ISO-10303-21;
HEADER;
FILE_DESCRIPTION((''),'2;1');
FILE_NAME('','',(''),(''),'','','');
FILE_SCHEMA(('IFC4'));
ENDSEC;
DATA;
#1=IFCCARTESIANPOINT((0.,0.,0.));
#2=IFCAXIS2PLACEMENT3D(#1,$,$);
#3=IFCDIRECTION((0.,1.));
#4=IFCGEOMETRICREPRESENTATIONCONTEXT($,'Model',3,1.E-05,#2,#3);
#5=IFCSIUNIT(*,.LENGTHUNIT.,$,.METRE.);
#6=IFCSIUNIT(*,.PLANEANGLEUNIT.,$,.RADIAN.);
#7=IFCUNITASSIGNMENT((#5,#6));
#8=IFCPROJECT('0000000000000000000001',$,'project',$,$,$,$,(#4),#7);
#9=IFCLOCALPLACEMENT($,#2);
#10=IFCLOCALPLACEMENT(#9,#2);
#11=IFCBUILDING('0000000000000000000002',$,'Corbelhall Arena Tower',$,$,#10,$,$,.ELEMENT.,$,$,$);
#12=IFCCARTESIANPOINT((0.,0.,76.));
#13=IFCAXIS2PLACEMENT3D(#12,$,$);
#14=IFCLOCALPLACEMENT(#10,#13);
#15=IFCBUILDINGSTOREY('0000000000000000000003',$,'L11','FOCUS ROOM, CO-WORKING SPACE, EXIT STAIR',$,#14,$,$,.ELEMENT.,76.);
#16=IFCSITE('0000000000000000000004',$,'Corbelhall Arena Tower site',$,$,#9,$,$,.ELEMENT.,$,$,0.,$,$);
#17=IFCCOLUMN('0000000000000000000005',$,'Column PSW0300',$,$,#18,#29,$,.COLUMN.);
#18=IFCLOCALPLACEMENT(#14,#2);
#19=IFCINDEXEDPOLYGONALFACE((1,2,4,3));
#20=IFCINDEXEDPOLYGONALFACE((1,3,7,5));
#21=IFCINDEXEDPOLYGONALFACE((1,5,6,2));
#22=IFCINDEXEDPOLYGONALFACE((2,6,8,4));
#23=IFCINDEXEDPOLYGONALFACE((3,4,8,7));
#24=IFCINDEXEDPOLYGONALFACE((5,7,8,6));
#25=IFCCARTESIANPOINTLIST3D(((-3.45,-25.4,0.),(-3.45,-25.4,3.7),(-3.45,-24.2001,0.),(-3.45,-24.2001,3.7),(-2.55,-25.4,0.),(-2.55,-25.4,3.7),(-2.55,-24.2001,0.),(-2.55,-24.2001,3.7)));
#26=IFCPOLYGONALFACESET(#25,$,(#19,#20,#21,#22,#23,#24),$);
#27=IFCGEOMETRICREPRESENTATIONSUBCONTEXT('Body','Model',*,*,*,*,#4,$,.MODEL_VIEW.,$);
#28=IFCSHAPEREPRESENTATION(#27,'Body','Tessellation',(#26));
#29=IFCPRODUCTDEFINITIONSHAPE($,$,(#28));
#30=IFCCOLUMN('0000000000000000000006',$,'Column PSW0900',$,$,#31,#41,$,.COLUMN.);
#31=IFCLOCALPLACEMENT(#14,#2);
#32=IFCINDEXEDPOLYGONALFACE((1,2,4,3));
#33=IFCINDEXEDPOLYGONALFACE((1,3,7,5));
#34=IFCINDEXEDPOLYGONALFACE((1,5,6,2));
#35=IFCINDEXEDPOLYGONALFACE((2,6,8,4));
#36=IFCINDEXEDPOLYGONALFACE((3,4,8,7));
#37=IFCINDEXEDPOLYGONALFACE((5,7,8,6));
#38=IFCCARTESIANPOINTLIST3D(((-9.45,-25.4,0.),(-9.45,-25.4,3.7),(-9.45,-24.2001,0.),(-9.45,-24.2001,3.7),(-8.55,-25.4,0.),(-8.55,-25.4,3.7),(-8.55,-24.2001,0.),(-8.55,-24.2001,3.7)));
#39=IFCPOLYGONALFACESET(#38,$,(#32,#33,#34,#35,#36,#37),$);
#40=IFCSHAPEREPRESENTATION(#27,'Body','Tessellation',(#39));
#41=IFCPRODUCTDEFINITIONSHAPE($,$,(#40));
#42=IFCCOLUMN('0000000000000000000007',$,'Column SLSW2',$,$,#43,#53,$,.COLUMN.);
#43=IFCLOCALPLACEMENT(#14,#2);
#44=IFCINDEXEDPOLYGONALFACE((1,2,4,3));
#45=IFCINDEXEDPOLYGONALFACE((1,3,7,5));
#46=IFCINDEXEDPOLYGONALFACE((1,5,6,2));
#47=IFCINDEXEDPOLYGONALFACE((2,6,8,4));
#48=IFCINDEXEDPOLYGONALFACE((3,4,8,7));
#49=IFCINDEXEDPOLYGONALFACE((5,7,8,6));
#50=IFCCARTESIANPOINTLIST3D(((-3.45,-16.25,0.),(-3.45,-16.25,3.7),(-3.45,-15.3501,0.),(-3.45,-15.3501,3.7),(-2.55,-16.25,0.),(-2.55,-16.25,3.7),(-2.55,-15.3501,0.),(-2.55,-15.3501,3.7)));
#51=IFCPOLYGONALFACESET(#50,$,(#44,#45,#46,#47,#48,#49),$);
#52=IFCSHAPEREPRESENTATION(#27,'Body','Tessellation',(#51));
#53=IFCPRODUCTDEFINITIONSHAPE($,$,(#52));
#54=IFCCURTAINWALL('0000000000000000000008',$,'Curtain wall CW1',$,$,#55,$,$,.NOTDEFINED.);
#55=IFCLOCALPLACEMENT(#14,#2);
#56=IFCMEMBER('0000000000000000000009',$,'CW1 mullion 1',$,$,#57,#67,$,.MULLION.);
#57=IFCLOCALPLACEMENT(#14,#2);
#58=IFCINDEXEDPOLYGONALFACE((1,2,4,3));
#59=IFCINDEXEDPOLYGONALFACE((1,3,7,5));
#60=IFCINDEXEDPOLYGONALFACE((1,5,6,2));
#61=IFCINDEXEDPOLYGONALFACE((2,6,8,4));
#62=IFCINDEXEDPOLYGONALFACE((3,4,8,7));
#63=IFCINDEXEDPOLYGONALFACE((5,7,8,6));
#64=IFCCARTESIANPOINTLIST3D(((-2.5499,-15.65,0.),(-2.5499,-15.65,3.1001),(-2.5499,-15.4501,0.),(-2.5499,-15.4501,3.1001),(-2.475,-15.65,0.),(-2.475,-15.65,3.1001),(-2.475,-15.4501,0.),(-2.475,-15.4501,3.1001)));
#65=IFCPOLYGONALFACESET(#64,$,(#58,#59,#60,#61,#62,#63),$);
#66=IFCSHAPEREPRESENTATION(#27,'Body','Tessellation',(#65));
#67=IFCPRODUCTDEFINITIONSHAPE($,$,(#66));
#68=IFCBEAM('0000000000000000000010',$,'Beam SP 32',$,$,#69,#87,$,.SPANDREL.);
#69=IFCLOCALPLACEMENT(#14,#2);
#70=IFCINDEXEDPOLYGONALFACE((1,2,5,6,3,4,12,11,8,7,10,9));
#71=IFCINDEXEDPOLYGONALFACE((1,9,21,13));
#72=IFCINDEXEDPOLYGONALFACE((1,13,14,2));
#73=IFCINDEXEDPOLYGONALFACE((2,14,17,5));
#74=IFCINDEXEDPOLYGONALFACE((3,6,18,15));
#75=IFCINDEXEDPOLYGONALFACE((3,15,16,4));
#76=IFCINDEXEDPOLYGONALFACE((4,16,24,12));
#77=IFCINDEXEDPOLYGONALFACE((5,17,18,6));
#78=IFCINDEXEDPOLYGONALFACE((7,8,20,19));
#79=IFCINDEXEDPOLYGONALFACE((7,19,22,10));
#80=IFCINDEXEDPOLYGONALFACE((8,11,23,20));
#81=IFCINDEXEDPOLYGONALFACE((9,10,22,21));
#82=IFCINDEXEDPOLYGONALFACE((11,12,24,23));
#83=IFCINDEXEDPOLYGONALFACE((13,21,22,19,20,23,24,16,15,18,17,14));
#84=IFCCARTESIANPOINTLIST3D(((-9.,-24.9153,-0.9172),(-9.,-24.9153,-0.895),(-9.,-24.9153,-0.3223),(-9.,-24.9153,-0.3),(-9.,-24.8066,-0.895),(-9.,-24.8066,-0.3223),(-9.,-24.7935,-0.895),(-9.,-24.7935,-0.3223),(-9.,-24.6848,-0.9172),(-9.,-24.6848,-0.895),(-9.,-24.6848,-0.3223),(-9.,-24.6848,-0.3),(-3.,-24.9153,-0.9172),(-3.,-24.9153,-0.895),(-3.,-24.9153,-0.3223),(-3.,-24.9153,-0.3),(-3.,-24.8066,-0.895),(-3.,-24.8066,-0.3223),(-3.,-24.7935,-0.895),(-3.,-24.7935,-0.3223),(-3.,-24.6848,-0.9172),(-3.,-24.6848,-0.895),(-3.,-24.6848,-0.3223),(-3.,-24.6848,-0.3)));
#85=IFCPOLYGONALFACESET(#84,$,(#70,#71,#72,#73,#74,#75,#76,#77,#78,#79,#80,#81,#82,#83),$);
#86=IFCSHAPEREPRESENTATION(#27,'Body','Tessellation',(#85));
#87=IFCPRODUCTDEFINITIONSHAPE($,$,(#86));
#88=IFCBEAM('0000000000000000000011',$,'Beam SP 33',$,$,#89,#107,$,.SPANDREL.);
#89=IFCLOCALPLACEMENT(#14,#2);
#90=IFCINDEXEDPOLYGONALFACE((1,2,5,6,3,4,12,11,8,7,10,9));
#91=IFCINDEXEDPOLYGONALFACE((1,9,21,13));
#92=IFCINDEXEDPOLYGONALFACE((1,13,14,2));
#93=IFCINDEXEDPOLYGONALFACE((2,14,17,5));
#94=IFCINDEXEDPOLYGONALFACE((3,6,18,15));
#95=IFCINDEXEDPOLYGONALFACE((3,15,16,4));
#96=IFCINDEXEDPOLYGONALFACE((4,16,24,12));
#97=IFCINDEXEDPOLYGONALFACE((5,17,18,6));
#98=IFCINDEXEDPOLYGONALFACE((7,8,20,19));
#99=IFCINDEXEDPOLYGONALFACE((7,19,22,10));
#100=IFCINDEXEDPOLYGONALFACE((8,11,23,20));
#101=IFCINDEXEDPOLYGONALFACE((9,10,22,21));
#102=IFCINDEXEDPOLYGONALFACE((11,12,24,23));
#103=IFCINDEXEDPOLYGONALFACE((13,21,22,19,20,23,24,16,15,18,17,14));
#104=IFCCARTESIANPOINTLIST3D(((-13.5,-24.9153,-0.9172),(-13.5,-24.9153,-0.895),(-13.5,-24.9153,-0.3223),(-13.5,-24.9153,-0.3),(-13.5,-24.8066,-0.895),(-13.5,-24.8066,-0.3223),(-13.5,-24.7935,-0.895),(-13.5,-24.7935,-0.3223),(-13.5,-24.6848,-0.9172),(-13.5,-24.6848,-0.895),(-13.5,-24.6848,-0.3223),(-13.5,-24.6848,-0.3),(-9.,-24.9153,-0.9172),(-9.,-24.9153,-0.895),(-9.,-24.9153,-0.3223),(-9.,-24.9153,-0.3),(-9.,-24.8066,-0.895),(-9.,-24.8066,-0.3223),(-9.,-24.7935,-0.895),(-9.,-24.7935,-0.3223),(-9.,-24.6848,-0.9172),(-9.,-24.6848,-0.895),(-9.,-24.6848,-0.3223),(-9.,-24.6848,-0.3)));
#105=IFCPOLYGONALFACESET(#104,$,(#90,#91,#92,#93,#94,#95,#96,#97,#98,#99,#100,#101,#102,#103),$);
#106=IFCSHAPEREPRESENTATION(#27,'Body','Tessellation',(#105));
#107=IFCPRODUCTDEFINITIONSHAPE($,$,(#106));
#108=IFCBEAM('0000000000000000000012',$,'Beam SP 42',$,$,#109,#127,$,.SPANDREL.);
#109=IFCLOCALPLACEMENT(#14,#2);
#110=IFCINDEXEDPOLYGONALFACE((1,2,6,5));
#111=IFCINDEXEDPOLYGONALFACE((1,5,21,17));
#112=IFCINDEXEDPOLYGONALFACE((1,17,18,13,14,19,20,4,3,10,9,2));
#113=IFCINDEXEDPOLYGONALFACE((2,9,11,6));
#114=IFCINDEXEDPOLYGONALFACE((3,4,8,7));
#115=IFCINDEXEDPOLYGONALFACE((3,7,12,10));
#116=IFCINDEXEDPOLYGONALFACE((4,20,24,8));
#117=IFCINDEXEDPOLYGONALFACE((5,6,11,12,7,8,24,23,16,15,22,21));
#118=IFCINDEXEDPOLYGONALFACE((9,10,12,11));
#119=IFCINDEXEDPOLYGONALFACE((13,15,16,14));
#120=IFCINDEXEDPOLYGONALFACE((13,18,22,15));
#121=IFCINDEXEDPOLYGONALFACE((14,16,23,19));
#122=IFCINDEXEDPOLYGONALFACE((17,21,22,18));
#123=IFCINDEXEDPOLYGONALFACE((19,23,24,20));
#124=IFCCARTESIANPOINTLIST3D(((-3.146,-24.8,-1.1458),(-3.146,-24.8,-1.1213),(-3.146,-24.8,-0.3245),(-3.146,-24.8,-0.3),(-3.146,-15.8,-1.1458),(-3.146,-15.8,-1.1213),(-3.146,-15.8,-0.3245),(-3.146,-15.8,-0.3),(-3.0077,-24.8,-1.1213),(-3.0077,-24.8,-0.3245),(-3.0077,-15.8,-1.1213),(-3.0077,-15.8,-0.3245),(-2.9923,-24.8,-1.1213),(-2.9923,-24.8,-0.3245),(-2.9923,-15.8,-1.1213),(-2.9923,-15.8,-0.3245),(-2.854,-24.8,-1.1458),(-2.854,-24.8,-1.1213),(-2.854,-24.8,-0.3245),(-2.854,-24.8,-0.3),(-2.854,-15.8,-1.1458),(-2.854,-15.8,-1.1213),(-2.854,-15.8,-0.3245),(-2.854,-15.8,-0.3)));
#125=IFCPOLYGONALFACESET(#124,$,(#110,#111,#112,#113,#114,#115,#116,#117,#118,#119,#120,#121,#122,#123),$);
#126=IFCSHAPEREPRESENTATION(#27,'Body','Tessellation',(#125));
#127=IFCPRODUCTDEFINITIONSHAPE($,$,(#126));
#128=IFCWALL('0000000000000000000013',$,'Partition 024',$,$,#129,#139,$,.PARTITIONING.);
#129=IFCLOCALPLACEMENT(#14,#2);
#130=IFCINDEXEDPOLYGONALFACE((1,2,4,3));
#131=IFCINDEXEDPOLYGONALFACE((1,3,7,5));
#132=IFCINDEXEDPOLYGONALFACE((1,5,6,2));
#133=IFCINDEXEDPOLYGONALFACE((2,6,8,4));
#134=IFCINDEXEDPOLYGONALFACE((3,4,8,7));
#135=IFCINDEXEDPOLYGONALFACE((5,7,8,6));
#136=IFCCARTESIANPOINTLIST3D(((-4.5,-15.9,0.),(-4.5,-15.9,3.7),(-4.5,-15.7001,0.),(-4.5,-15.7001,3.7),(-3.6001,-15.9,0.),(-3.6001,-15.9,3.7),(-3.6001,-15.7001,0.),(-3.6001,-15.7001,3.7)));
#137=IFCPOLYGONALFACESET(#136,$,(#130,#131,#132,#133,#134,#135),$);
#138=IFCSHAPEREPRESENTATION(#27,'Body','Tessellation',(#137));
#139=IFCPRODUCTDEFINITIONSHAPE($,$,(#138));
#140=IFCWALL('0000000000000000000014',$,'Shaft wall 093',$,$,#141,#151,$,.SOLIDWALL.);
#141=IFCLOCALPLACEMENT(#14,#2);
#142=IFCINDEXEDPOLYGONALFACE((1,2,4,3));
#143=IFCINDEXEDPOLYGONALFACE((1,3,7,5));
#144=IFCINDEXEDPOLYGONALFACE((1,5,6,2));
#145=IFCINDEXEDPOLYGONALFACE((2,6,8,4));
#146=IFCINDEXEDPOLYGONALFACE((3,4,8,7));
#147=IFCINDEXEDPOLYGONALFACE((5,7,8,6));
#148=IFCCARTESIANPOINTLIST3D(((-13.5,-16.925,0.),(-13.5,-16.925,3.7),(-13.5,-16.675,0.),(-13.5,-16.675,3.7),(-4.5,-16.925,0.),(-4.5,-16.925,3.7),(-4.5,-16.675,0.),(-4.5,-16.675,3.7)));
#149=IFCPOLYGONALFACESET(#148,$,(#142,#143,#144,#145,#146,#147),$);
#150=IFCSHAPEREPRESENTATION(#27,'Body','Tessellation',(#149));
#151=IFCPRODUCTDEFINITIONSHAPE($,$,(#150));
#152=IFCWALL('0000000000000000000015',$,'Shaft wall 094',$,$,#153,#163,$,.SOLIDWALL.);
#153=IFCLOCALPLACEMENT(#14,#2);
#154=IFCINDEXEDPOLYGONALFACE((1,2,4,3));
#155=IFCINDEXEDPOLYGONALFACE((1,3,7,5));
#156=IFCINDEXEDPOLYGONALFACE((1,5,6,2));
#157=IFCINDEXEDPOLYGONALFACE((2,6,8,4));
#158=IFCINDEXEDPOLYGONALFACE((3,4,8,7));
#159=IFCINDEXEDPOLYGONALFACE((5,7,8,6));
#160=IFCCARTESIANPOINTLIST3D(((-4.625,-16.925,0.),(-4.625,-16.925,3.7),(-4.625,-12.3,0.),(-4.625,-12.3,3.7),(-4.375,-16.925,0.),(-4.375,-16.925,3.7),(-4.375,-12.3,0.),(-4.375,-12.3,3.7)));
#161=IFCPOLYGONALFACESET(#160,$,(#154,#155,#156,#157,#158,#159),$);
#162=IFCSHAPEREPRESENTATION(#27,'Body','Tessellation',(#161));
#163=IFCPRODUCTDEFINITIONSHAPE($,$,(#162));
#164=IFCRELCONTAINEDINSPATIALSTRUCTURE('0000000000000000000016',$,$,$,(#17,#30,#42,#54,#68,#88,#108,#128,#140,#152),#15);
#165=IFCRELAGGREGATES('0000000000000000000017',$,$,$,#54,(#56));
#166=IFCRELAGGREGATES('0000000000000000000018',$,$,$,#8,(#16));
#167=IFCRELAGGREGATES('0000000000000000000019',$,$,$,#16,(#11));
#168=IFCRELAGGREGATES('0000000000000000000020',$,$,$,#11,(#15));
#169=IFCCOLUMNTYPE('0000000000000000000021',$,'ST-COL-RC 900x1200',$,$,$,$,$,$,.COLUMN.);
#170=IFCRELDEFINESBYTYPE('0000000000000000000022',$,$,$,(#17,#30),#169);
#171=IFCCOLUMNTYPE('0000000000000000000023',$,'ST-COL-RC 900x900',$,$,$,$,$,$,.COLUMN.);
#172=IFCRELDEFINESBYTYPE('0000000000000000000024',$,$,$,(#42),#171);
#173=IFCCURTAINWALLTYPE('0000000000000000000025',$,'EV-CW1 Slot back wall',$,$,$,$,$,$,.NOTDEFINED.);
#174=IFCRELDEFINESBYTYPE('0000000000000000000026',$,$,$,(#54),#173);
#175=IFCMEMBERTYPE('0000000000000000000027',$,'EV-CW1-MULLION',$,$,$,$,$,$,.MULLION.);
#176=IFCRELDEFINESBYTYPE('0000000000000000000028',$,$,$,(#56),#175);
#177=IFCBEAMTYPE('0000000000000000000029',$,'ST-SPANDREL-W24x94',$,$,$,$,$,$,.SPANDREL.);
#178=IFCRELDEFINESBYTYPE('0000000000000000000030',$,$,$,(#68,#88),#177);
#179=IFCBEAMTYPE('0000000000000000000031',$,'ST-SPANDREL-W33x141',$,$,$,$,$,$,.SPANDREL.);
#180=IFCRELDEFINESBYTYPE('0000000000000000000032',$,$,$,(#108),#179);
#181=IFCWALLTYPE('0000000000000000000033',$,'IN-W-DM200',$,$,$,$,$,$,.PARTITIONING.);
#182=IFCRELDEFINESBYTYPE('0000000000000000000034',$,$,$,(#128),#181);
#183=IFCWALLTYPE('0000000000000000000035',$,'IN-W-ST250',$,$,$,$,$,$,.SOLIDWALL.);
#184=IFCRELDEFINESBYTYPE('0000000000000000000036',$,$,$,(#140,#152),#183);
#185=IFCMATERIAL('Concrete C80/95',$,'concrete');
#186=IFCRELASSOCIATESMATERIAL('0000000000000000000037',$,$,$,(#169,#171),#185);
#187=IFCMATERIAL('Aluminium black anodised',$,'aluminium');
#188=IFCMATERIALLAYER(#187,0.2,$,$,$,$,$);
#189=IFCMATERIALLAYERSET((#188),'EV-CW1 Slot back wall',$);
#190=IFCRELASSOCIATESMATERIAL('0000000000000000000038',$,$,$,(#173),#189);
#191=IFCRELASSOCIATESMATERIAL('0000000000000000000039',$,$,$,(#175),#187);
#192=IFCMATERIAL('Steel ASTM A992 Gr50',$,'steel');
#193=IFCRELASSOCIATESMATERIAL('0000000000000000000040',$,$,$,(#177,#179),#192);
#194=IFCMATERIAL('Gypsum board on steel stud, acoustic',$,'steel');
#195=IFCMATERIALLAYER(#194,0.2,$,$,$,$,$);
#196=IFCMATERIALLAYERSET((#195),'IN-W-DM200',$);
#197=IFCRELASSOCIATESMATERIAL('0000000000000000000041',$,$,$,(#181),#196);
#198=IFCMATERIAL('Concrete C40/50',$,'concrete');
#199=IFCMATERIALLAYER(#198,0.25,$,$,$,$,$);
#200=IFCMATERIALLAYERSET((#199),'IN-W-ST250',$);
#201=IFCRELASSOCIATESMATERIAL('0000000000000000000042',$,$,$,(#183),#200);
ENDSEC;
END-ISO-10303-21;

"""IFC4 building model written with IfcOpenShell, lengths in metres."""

from ifc_helpers import new_model, si_unit, direction, frame, frame_2d, origin, origin_2d, place, context, subcontext, project, spatial, rectangle, i_section, extrude, material, layer, layer_set, material_profile, profile_set, type_object, element, aggregate, save


model = new_model("IFC4")

# Units and contexts
model_context = context("Model", 3, precision=1e-05, world=origin(), true_north=direction((0.0, 1.0)))
body_context = subcontext(model_context, "Body", "Model", "MODEL_VIEW")
ifc_project = project(units=[si_unit("LENGTHUNIT", "METRE"), si_unit("PLANEANGLEUNIT", "RADIAN")], contexts=[model_context])

# Site, building, storey
site_placement = place(None, origin())
site = spatial("IfcSite", under=ifc_project, at=site_placement, Name="Corbelhall Arena Tower site", CompositionType="ELEMENT", RefElevation=0.0)
building_placement = place(site_placement, origin())
building = spatial("IfcBuilding", under=site, at=building_placement, Name="Corbelhall Arena Tower", CompositionType="ELEMENT")
storey_placement = place(building_placement, frame((0.0, 0.0, 76.0)))
storey = spatial("IfcBuildingStorey", under=building, at=storey_placement, Name="L11", Description="FOCUS ROOM, CO-WORKING SPACE, EXIT STAIR", CompositionType="ELEMENT", Elevation=76.0)

# Columns
ifc_material_1 = material(Name="Concrete C80/95", Category="concrete")
ifc_material_profile_1 = material_profile(ifc_material_1, rectangle(XDim=0.8999, YDim=1.2, at=origin_2d()))
ifc_profile_set_1 = profile_set([ifc_material_profile_1], Name="Concrete C80/95")
column_type_1 = type_object("IfcColumnType", Name="ST-COL-RC 900x1200", PredefinedType="COLUMN", material=ifc_profile_set_1)
for number, where, z_axis, x_axis, name in (
    (1, (-3.0, -24.8, 0.0), (0.0, 0.0, 1.0), (1.0, 0.0, 0.0), "Column PSW0300"),
    (2, (-9.0, -24.8, 0.0), (0.0, 0.0, 1.0), (1.0, 0.0, 0.0), "Column PSW0900"),
):
    element("IfcColumn", number, at=place(storey_placement, frame(where, z_axis=z_axis, x_axis=x_axis)), inside=storey, type_object=column_type_1, Name=name, PredefinedType="COLUMN", context=body_context, shape_type="SweptSolid", body=[
        extrude(rectangle(XDim=0.8999, YDim=1.2, at=origin_2d()), origin(), (0.0, 0.0, 1.0), 3.7),
    ])
ifc_material_profile_2 = material_profile(ifc_material_1, rectangle(XDim=0.8999, YDim=0.8999, at=origin_2d()))
ifc_profile_set_2 = profile_set([ifc_material_profile_2], Name="Concrete C80/95")
column_type_2 = type_object("IfcColumnType", Name="ST-COL-RC 900x900", PredefinedType="COLUMN", material=ifc_profile_set_2)
column_placement = place(storey_placement, frame((-3.0, -15.8, 0.0), z_axis=(0.0, 0.0, 1.0), x_axis=(1.0, 0.0, 0.0)))
element("IfcColumn", 3, at=column_placement, inside=storey, type_object=column_type_2, Name="Column SLSW2", PredefinedType="COLUMN", context=body_context, shape_type="SweptSolid", body=[
    extrude(rectangle(XDim=0.8999, YDim=0.8999, at=origin_2d()), origin(), (0.0, 0.0, 1.0), 3.7),
])

# Curtain wall, member
ifc_material_2 = material(Name="Aluminium black anodised", Category="aluminium")
ifc_layer_1 = layer(ifc_material_2, 0.2)
ifc_layer_set_1 = layer_set([ifc_layer_1], Name="EV-CW1 Slot back wall")
curtain_wall_type = type_object("IfcCurtainWallType", Name="EV-CW1 Slot back wall", PredefinedType="NOTDEFINED", material=ifc_layer_set_1)
curtain_wall_placement = place(storey_placement, origin())
curtain_wall = element("IfcCurtainWall", 4, at=curtain_wall_placement, inside=storey, type_object=curtain_wall_type, Name="Curtain wall CW1", PredefinedType="NOTDEFINED")
ifc_material_profile_3 = material_profile(ifc_material_2, rectangle(XDim=0.2, YDim=0.075, at=origin_2d()))
ifc_profile_set_3 = profile_set([ifc_material_profile_3], Name="Aluminium black anodised")
member_type = type_object("IfcMemberType", Name="EV-CW1-MULLION", PredefinedType="MULLION", material=ifc_profile_set_3)
member_placement = place(storey_placement, frame((-2.5125, -15.55, 0.0), z_axis=(0.0, 0.0, 1.0), x_axis=(0.0, 1.0, 0.0)))
member = element("IfcMember", 5, at=member_placement, type_object=member_type, Name="CW1 mullion 1", PredefinedType="MULLION", context=body_context, shape_type="SweptSolid", body=[
    extrude(rectangle(XDim=0.2, YDim=0.075, at=origin_2d()), origin(), (0.0, 0.0, 1.0), 3.1001),
])
aggregate(curtain_wall, [member])

# Beams
ifc_material_3 = material(Name="Steel ASTM A992 Gr50", Category="steel")
ifc_material_profile_4 = material_profile(ifc_material_3, i_section(OverallWidth=0.2305, OverallDepth=0.6172, WebThickness=0.0132, FlangeThickness=0.0222, at=origin_2d()))
ifc_profile_set_4 = profile_set([ifc_material_profile_4], Name="Steel ASTM A992 Gr50")
beam_type_1 = type_object("IfcBeamType", Name="ST-SPANDREL-W24x94", PredefinedType="SPANDREL", material=ifc_profile_set_4)
beam_1_placement = place(storey_placement, frame((-3.0, -24.8, -0.6086), z_axis=(-1.0, 0.0, 0.0), x_axis=(0.0, -1.0, 0.0)))
element("IfcBeam", 6, at=beam_1_placement, inside=storey, type_object=beam_type_1, Name="Beam SP 32", PredefinedType="SPANDREL", context=body_context, shape_type="SweptSolid", body=[
    extrude(i_section(OverallWidth=0.2305, OverallDepth=0.6172, WebThickness=0.0132, FlangeThickness=0.0222, at=origin_2d()), origin(), (0.0, 0.0, 1.0), 6.0),
])
beam_2_placement = place(storey_placement, frame((-9.0, -24.8, -0.6086), z_axis=(-1.0, 0.0, 0.0), x_axis=(0.0, -1.0, 0.0)))
element("IfcBeam", 7, at=beam_2_placement, inside=storey, type_object=beam_type_1, Name="Beam SP 33", PredefinedType="SPANDREL", context=body_context, shape_type="SweptSolid", body=[
    extrude(i_section(OverallWidth=0.2305, OverallDepth=0.6172, WebThickness=0.0132, FlangeThickness=0.0222, at=origin_2d()), origin(), (0.0, 0.0, 1.0), 4.5),
])
ifc_material_profile_5 = material_profile(ifc_material_3, i_section(OverallWidth=0.292, OverallDepth=0.8457, WebThickness=0.0154, FlangeThickness=0.0244, at=origin_2d()))
ifc_profile_set_5 = profile_set([ifc_material_profile_5], Name="Steel ASTM A992 Gr50")
beam_type_2 = type_object("IfcBeamType", Name="ST-SPANDREL-W33x141", PredefinedType="SPANDREL", material=ifc_profile_set_5)
beam_3_placement = place(storey_placement, frame((-3.0, -15.8, -0.7229), z_axis=(0.0, -1.0, 0.0), x_axis=(1.0, 0.0, 0.0)))
element("IfcBeam", 8, at=beam_3_placement, inside=storey, type_object=beam_type_2, Name="Beam SP 42", PredefinedType="SPANDREL", context=body_context, shape_type="SweptSolid", body=[
    extrude(i_section(OverallWidth=0.292, OverallDepth=0.8457, WebThickness=0.0154, FlangeThickness=0.0244, at=origin_2d()), origin(), (0.0, 0.0, 1.0), 9.0),
])

# Walls
ifc_material_4 = material(Name="Gypsum board on steel stud, acoustic", Category="steel")
ifc_layer_2 = layer(ifc_material_4, 0.2)
ifc_layer_set_2 = layer_set([ifc_layer_2], Name="IN-W-DM200")
wall_type_1 = type_object("IfcWallType", Name="IN-W-DM200", PredefinedType="PARTITIONING", material=ifc_layer_set_2)
wall_1_placement = place(storey_placement, frame((-3.6001, -15.8, 0.0), z_axis=(0.0, 0.0, 1.0), x_axis=(-1.0, 0.0, 0.0)))
element("IfcWall", 9, at=wall_1_placement, inside=storey, type_object=wall_type_1, Name="Partition 024", PredefinedType="PARTITIONING", context=body_context, shape_type="SweptSolid", body=[
    extrude(rectangle(XDim=0.8999, YDim=0.2, at=frame_2d((0.45, 0.0))), origin(), (0.0, 0.0, 1.0), 3.7),
])
ifc_material_5 = material(Name="Concrete C40/50", Category="concrete")
ifc_layer_3 = layer(ifc_material_5, 0.25)
ifc_layer_set_3 = layer_set([ifc_layer_3], Name="IN-W-ST250")
wall_type_2 = type_object("IfcWallType", Name="IN-W-ST250", PredefinedType="SOLIDWALL", material=ifc_layer_set_3)
wall_2_placement = place(storey_placement, frame((-4.5, -16.8, 0.0), z_axis=(0.0, 0.0, 1.0), x_axis=(-1.0, 0.0, 0.0)))
element("IfcWall", 10, at=wall_2_placement, inside=storey, type_object=wall_type_2, Name="Shaft wall 093", PredefinedType="SOLIDWALL", context=body_context, shape_type="SweptSolid", body=[
    extrude(rectangle(XDim=9.0, YDim=0.25, at=frame_2d((4.5, 0.0))), origin(), (0.0, 0.0, 1.0), 3.7),
])
wall_3_placement = place(storey_placement, frame((-4.5, -12.3, 0.0), z_axis=(0.0, 0.0, 1.0), x_axis=(0.0, -1.0, 0.0)))
element("IfcWall", 11, at=wall_3_placement, inside=storey, type_object=wall_type_2, Name="Shaft wall 094", PredefinedType="SOLIDWALL", context=body_context, shape_type="SweptSolid", body=[
    extrude(rectangle(XDim=4.625, YDim=0.25, at=frame_2d((2.3125, 0.0))), origin(), (0.0, 0.0, 1.0), 3.7),
])

save(model, "model.ifc")
